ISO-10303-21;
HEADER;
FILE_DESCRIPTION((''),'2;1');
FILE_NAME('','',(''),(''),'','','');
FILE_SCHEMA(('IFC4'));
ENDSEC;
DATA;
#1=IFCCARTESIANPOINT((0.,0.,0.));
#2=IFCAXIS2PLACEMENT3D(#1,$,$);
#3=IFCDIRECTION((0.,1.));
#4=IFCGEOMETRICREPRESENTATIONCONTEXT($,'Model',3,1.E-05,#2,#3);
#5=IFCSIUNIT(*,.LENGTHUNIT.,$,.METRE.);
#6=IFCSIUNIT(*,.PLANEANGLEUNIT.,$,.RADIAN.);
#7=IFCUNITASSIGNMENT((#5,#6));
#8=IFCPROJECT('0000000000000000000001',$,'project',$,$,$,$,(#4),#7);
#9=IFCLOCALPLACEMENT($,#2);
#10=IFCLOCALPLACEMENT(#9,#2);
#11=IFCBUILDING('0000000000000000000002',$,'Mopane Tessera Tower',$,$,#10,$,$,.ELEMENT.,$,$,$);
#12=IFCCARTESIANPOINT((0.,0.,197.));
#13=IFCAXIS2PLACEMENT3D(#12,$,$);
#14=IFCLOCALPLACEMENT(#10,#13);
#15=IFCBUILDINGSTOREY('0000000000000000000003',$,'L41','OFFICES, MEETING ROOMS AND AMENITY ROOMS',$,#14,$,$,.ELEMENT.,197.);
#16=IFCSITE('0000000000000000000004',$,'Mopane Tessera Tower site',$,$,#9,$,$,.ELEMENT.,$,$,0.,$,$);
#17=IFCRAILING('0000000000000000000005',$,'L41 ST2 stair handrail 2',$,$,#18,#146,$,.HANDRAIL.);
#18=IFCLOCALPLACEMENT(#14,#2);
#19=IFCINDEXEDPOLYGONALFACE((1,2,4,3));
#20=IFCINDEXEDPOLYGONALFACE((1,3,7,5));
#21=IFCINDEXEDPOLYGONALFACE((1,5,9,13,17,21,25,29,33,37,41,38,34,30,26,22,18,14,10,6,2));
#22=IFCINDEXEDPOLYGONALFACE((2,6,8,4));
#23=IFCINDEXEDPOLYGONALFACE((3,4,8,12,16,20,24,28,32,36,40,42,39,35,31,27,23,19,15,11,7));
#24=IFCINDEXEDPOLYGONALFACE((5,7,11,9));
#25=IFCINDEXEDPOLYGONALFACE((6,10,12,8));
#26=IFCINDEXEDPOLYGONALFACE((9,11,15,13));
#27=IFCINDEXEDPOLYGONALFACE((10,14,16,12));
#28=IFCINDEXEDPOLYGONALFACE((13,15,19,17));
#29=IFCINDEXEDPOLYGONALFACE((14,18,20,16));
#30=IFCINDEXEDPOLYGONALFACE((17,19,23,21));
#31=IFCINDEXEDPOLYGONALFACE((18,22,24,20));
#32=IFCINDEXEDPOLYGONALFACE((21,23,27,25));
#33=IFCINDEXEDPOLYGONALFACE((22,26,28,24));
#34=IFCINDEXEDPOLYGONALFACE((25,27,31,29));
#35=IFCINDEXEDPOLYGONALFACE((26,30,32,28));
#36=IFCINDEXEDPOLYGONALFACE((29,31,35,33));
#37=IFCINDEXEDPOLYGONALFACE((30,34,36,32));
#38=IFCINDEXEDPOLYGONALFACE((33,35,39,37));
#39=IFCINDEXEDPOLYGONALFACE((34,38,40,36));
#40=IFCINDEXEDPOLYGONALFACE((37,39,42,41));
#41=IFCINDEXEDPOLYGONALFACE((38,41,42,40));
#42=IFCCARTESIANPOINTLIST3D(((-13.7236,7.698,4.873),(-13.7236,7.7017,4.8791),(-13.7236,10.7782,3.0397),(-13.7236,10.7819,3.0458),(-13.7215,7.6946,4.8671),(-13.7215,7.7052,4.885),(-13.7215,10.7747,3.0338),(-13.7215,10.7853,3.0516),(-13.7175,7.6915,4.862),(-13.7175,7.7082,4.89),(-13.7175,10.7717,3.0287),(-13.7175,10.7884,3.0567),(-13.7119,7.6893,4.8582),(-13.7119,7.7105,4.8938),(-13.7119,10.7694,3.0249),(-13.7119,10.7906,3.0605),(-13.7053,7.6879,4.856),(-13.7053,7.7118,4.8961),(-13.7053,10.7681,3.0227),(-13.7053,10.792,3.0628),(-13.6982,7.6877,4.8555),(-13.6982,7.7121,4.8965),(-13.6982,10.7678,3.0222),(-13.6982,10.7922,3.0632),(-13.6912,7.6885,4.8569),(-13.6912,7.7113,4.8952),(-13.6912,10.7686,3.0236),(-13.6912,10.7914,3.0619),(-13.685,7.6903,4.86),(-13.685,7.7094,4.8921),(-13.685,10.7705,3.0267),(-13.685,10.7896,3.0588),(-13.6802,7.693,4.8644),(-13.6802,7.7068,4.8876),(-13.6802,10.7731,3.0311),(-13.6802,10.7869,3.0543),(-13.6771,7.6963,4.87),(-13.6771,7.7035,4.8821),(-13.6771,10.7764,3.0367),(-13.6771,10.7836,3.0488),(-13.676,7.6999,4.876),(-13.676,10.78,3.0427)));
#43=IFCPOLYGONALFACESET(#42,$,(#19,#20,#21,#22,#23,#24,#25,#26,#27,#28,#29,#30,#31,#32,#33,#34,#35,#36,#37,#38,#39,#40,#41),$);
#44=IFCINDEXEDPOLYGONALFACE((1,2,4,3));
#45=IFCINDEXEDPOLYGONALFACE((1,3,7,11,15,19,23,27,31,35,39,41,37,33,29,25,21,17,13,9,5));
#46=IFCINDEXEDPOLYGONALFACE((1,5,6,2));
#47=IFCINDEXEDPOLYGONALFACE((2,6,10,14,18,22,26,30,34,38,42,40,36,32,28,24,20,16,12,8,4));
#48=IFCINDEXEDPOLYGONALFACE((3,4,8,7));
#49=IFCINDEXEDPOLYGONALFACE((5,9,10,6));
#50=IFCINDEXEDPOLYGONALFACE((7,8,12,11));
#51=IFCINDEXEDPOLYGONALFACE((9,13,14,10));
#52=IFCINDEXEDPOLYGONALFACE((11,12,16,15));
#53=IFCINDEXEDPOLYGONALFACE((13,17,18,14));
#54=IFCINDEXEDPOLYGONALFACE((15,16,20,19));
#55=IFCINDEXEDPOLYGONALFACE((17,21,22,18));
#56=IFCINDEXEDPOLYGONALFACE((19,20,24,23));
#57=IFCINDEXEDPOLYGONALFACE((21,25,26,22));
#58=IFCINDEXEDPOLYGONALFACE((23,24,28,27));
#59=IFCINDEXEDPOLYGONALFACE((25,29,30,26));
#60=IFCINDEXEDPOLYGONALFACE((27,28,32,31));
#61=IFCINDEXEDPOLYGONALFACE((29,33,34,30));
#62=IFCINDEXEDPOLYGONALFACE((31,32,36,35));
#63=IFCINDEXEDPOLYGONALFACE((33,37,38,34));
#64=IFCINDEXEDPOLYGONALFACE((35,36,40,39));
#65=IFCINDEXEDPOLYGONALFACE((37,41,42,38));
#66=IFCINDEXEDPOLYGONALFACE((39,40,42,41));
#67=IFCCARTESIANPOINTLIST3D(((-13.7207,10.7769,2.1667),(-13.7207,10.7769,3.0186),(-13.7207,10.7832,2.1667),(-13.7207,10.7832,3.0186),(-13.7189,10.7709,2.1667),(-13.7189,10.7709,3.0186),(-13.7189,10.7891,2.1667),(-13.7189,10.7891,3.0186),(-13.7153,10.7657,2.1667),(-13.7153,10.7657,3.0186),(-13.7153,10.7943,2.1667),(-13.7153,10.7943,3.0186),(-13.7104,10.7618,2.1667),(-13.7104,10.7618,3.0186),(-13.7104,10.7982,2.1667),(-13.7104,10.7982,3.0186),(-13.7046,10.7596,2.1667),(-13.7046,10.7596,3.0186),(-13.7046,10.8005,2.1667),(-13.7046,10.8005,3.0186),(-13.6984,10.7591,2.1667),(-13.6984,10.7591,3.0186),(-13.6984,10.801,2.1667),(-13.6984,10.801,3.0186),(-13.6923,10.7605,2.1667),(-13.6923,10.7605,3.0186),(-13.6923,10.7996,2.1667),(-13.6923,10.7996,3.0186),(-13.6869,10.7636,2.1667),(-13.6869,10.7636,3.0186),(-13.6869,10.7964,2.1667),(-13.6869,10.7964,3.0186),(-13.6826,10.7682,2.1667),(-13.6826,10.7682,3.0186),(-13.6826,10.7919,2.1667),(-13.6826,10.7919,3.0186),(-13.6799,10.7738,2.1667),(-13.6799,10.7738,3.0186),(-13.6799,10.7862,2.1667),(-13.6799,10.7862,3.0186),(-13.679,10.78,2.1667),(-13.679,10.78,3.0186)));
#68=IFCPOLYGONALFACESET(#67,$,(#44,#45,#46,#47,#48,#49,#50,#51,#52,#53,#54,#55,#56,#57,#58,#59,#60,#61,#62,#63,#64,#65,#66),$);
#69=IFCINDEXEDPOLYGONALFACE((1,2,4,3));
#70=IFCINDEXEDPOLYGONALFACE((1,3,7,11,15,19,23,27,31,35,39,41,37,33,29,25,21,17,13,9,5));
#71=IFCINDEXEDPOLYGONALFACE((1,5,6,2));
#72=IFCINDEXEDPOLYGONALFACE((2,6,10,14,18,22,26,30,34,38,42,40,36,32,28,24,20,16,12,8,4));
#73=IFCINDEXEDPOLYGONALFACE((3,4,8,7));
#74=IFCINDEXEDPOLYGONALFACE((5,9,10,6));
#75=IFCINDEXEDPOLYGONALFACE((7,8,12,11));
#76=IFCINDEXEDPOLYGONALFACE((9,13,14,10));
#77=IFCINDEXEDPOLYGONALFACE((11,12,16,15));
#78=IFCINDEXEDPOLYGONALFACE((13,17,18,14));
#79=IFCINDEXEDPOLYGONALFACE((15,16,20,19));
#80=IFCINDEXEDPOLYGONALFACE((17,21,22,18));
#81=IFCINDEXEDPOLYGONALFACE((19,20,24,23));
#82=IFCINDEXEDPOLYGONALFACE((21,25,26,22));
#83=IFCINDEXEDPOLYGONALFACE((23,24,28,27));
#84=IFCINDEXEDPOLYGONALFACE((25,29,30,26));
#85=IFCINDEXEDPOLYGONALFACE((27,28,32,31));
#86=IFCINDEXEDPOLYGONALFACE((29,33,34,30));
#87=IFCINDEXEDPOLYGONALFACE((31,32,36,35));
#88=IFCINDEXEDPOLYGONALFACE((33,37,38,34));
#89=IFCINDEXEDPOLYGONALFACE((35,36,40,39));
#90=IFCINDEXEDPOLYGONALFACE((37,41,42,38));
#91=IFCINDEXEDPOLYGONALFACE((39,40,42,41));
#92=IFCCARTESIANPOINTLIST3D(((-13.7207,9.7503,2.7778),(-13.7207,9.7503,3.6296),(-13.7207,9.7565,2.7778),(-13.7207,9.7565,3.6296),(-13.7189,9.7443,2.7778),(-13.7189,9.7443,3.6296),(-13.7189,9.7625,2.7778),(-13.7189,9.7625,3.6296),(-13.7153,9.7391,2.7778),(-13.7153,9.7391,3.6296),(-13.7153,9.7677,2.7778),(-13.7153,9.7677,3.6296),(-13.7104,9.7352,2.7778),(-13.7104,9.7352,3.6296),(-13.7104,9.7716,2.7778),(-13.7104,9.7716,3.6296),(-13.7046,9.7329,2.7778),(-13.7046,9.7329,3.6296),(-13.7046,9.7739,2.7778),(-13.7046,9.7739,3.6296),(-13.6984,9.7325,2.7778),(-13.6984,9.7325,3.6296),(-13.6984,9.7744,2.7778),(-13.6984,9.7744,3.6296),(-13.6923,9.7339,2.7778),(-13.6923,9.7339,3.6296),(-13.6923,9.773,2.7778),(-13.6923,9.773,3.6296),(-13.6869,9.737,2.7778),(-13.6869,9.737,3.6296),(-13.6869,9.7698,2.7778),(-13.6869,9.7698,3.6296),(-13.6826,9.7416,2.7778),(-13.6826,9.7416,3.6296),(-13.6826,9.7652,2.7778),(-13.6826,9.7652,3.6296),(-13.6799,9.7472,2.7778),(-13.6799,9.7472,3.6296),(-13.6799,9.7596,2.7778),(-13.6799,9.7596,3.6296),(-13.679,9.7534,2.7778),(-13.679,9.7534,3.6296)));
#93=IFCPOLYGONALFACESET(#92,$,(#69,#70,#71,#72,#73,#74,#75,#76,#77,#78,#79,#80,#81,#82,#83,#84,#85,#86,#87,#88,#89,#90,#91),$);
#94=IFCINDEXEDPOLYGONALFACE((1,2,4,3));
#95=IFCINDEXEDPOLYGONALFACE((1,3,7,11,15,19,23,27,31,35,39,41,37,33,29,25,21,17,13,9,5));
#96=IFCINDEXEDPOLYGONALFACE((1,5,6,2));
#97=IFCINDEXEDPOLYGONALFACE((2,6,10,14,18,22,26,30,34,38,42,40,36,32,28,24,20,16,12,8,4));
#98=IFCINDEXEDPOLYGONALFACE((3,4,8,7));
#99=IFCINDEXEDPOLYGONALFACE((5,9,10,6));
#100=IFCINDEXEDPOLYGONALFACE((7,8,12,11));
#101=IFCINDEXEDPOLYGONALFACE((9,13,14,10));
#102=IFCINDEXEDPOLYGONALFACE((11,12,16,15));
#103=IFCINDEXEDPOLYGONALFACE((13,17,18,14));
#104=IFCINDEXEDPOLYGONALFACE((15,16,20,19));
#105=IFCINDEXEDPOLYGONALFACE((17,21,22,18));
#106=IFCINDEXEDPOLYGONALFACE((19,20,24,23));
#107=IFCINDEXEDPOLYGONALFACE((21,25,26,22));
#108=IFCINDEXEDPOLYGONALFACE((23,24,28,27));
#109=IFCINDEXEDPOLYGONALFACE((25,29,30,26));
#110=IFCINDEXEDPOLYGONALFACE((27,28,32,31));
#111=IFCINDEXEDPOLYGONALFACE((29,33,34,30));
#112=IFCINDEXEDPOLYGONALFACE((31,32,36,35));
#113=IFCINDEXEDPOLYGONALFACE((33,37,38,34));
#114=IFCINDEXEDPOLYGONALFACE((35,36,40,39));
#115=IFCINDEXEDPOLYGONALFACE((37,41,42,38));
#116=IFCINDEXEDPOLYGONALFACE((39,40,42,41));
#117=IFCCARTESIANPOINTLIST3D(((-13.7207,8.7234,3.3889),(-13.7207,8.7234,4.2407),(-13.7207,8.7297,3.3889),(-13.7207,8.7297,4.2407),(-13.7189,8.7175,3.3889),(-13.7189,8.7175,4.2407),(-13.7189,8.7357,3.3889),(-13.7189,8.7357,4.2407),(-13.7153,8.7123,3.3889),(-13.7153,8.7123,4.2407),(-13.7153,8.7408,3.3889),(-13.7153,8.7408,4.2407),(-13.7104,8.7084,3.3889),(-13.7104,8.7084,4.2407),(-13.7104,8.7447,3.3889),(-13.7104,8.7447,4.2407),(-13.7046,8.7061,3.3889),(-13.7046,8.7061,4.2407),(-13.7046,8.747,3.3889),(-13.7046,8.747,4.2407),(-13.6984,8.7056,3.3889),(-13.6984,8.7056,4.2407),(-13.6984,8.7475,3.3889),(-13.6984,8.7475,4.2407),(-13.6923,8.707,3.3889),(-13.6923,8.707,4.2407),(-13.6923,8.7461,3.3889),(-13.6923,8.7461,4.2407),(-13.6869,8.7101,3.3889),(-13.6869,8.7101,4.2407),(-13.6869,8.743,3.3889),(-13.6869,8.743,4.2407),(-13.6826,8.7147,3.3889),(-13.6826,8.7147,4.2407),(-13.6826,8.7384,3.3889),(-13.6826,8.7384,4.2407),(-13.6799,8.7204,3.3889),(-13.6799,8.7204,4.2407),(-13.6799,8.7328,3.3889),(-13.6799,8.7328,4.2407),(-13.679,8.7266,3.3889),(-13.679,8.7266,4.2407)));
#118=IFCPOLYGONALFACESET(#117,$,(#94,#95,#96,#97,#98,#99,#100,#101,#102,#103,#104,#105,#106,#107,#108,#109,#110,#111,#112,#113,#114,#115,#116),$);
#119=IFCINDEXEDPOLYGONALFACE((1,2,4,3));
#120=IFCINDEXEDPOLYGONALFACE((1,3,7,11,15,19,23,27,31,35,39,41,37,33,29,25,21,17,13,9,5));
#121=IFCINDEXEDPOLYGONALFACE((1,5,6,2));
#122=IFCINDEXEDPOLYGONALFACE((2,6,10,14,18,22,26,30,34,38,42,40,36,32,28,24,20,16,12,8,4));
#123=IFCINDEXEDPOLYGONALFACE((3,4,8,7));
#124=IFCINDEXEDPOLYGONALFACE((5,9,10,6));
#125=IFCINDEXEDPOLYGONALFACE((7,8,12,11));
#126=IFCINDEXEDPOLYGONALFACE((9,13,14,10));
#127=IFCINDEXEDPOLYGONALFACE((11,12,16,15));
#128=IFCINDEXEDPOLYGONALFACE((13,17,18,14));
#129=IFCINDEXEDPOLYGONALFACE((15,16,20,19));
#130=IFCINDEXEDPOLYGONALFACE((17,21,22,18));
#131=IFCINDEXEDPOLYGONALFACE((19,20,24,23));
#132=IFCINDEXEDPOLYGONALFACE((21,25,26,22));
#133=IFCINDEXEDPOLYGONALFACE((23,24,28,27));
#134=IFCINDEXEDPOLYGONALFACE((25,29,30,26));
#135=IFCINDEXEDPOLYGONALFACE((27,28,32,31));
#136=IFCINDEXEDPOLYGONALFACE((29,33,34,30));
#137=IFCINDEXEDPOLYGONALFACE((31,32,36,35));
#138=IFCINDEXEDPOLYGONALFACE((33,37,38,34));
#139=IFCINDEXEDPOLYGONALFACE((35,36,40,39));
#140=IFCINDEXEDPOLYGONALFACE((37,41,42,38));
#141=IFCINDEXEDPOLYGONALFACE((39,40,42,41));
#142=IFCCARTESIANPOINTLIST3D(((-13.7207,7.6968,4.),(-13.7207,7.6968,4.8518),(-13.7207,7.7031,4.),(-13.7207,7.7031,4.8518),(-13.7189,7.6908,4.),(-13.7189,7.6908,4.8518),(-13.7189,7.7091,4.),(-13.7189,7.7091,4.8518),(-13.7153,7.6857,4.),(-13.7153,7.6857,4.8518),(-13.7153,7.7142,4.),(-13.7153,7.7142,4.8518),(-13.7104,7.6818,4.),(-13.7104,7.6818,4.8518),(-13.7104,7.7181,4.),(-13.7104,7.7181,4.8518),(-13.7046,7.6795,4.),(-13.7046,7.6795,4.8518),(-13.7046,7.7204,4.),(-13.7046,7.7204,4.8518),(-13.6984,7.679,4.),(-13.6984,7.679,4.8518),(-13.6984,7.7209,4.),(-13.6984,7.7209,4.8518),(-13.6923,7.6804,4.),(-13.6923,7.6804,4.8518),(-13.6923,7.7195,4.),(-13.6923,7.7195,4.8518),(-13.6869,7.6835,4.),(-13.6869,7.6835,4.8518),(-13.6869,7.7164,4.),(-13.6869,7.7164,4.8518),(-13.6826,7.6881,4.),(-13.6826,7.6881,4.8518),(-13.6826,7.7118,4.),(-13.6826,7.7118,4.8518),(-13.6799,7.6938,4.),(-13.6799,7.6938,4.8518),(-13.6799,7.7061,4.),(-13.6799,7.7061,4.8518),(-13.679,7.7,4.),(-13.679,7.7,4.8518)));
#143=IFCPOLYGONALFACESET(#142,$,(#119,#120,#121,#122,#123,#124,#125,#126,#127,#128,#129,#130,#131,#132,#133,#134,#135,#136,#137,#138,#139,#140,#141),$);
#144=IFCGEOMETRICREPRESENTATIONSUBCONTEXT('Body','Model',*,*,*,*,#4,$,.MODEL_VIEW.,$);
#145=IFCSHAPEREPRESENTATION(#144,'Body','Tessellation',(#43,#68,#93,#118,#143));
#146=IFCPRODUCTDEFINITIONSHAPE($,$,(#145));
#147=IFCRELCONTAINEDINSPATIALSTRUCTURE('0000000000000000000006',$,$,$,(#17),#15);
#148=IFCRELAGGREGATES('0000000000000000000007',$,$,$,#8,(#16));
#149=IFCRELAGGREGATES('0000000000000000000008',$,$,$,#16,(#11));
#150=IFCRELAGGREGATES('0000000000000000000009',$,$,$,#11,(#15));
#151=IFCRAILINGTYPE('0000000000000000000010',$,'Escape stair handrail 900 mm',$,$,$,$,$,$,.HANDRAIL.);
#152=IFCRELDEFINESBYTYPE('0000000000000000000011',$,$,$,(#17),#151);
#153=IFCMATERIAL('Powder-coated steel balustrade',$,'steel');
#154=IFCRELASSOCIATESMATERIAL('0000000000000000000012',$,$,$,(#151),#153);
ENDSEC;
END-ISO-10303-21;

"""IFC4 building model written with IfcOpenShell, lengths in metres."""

from ifc_helpers import new_model, si_unit, direction, frame, origin, origin_2d, place, context, subcontext, project, spatial, circle, extrude, material, type_object, element, save


model = new_model("IFC4")

# Units and contexts
model_context = context("Model", 3, precision=1e-05, world=origin(), true_north=direction((0.0, 1.0)))
body_context = subcontext(model_context, "Body", "Model", "MODEL_VIEW")
ifc_project = project(units=[si_unit("LENGTHUNIT", "METRE"), si_unit("PLANEANGLEUNIT", "RADIAN")], contexts=[model_context])

# Site, building, storey
site_placement = place(None, origin())
site = spatial("IfcSite", under=ifc_project, at=site_placement, Name="Mopane Tessera Tower site", CompositionType="ELEMENT", RefElevation=0.0)
building_placement = place(site_placement, origin())
building = spatial("IfcBuilding", under=site, at=building_placement, Name="Mopane Tessera Tower", CompositionType="ELEMENT")
storey_placement = place(building_placement, frame((0.0, 0.0, 197.0)))
storey = spatial("IfcBuildingStorey", under=building, at=storey_placement, Name="L41", Description="OFFICES, MEETING ROOMS AND AMENITY ROOMS", CompositionType="ELEMENT", Elevation=197.0)

# Railing
ifc_material_1 = material(Name="Powder-coated steel balustrade", Category="steel")
railing_type_1 = type_object("IfcRailingType", Name="Escape stair handrail 900 mm", PredefinedType="HANDRAIL", material=ifc_material_1)
railing_1_placement = place(storey_placement, frame((-13.7, 10.78, 2.1667)))
element("IfcRailing", 1, at=railing_1_placement, inside=storey, type_object=railing_type_1, Name="L41 ST2 stair handrail 2", PredefinedType="HANDRAIL", context=body_context, shape_type="SweptSolid", body=[
    extrude(circle(Radius=0.0239, at=origin_2d()), frame((0.0, 0.0, 0.876), z_axis=(0.0, -0.859309, 0.511458), x_axis=(1.0, 0.0, 0.0)), (0.0, 0.0, 1.0), 3.5845),
    extrude(circle(Radius=0.021, at=origin_2d()), origin(), (0.0, 0.0, 1.0), 0.8518),
    extrude(circle(Radius=0.021, at=origin_2d()), frame((0.0, -1.0266, 0.6111)), (0.0, 0.0, 1.0), 0.8518),
    extrude(circle(Radius=0.021, at=origin_2d()), frame((0.0, -2.0535, 1.2222)), (0.0, 0.0, 1.0), 0.8518),
    extrude(circle(Radius=0.021, at=origin_2d()), frame((0.0, -3.0801, 1.8333)), (0.0, 0.0, 1.0), 0.8518),
])

save(model, "model.ifc")
